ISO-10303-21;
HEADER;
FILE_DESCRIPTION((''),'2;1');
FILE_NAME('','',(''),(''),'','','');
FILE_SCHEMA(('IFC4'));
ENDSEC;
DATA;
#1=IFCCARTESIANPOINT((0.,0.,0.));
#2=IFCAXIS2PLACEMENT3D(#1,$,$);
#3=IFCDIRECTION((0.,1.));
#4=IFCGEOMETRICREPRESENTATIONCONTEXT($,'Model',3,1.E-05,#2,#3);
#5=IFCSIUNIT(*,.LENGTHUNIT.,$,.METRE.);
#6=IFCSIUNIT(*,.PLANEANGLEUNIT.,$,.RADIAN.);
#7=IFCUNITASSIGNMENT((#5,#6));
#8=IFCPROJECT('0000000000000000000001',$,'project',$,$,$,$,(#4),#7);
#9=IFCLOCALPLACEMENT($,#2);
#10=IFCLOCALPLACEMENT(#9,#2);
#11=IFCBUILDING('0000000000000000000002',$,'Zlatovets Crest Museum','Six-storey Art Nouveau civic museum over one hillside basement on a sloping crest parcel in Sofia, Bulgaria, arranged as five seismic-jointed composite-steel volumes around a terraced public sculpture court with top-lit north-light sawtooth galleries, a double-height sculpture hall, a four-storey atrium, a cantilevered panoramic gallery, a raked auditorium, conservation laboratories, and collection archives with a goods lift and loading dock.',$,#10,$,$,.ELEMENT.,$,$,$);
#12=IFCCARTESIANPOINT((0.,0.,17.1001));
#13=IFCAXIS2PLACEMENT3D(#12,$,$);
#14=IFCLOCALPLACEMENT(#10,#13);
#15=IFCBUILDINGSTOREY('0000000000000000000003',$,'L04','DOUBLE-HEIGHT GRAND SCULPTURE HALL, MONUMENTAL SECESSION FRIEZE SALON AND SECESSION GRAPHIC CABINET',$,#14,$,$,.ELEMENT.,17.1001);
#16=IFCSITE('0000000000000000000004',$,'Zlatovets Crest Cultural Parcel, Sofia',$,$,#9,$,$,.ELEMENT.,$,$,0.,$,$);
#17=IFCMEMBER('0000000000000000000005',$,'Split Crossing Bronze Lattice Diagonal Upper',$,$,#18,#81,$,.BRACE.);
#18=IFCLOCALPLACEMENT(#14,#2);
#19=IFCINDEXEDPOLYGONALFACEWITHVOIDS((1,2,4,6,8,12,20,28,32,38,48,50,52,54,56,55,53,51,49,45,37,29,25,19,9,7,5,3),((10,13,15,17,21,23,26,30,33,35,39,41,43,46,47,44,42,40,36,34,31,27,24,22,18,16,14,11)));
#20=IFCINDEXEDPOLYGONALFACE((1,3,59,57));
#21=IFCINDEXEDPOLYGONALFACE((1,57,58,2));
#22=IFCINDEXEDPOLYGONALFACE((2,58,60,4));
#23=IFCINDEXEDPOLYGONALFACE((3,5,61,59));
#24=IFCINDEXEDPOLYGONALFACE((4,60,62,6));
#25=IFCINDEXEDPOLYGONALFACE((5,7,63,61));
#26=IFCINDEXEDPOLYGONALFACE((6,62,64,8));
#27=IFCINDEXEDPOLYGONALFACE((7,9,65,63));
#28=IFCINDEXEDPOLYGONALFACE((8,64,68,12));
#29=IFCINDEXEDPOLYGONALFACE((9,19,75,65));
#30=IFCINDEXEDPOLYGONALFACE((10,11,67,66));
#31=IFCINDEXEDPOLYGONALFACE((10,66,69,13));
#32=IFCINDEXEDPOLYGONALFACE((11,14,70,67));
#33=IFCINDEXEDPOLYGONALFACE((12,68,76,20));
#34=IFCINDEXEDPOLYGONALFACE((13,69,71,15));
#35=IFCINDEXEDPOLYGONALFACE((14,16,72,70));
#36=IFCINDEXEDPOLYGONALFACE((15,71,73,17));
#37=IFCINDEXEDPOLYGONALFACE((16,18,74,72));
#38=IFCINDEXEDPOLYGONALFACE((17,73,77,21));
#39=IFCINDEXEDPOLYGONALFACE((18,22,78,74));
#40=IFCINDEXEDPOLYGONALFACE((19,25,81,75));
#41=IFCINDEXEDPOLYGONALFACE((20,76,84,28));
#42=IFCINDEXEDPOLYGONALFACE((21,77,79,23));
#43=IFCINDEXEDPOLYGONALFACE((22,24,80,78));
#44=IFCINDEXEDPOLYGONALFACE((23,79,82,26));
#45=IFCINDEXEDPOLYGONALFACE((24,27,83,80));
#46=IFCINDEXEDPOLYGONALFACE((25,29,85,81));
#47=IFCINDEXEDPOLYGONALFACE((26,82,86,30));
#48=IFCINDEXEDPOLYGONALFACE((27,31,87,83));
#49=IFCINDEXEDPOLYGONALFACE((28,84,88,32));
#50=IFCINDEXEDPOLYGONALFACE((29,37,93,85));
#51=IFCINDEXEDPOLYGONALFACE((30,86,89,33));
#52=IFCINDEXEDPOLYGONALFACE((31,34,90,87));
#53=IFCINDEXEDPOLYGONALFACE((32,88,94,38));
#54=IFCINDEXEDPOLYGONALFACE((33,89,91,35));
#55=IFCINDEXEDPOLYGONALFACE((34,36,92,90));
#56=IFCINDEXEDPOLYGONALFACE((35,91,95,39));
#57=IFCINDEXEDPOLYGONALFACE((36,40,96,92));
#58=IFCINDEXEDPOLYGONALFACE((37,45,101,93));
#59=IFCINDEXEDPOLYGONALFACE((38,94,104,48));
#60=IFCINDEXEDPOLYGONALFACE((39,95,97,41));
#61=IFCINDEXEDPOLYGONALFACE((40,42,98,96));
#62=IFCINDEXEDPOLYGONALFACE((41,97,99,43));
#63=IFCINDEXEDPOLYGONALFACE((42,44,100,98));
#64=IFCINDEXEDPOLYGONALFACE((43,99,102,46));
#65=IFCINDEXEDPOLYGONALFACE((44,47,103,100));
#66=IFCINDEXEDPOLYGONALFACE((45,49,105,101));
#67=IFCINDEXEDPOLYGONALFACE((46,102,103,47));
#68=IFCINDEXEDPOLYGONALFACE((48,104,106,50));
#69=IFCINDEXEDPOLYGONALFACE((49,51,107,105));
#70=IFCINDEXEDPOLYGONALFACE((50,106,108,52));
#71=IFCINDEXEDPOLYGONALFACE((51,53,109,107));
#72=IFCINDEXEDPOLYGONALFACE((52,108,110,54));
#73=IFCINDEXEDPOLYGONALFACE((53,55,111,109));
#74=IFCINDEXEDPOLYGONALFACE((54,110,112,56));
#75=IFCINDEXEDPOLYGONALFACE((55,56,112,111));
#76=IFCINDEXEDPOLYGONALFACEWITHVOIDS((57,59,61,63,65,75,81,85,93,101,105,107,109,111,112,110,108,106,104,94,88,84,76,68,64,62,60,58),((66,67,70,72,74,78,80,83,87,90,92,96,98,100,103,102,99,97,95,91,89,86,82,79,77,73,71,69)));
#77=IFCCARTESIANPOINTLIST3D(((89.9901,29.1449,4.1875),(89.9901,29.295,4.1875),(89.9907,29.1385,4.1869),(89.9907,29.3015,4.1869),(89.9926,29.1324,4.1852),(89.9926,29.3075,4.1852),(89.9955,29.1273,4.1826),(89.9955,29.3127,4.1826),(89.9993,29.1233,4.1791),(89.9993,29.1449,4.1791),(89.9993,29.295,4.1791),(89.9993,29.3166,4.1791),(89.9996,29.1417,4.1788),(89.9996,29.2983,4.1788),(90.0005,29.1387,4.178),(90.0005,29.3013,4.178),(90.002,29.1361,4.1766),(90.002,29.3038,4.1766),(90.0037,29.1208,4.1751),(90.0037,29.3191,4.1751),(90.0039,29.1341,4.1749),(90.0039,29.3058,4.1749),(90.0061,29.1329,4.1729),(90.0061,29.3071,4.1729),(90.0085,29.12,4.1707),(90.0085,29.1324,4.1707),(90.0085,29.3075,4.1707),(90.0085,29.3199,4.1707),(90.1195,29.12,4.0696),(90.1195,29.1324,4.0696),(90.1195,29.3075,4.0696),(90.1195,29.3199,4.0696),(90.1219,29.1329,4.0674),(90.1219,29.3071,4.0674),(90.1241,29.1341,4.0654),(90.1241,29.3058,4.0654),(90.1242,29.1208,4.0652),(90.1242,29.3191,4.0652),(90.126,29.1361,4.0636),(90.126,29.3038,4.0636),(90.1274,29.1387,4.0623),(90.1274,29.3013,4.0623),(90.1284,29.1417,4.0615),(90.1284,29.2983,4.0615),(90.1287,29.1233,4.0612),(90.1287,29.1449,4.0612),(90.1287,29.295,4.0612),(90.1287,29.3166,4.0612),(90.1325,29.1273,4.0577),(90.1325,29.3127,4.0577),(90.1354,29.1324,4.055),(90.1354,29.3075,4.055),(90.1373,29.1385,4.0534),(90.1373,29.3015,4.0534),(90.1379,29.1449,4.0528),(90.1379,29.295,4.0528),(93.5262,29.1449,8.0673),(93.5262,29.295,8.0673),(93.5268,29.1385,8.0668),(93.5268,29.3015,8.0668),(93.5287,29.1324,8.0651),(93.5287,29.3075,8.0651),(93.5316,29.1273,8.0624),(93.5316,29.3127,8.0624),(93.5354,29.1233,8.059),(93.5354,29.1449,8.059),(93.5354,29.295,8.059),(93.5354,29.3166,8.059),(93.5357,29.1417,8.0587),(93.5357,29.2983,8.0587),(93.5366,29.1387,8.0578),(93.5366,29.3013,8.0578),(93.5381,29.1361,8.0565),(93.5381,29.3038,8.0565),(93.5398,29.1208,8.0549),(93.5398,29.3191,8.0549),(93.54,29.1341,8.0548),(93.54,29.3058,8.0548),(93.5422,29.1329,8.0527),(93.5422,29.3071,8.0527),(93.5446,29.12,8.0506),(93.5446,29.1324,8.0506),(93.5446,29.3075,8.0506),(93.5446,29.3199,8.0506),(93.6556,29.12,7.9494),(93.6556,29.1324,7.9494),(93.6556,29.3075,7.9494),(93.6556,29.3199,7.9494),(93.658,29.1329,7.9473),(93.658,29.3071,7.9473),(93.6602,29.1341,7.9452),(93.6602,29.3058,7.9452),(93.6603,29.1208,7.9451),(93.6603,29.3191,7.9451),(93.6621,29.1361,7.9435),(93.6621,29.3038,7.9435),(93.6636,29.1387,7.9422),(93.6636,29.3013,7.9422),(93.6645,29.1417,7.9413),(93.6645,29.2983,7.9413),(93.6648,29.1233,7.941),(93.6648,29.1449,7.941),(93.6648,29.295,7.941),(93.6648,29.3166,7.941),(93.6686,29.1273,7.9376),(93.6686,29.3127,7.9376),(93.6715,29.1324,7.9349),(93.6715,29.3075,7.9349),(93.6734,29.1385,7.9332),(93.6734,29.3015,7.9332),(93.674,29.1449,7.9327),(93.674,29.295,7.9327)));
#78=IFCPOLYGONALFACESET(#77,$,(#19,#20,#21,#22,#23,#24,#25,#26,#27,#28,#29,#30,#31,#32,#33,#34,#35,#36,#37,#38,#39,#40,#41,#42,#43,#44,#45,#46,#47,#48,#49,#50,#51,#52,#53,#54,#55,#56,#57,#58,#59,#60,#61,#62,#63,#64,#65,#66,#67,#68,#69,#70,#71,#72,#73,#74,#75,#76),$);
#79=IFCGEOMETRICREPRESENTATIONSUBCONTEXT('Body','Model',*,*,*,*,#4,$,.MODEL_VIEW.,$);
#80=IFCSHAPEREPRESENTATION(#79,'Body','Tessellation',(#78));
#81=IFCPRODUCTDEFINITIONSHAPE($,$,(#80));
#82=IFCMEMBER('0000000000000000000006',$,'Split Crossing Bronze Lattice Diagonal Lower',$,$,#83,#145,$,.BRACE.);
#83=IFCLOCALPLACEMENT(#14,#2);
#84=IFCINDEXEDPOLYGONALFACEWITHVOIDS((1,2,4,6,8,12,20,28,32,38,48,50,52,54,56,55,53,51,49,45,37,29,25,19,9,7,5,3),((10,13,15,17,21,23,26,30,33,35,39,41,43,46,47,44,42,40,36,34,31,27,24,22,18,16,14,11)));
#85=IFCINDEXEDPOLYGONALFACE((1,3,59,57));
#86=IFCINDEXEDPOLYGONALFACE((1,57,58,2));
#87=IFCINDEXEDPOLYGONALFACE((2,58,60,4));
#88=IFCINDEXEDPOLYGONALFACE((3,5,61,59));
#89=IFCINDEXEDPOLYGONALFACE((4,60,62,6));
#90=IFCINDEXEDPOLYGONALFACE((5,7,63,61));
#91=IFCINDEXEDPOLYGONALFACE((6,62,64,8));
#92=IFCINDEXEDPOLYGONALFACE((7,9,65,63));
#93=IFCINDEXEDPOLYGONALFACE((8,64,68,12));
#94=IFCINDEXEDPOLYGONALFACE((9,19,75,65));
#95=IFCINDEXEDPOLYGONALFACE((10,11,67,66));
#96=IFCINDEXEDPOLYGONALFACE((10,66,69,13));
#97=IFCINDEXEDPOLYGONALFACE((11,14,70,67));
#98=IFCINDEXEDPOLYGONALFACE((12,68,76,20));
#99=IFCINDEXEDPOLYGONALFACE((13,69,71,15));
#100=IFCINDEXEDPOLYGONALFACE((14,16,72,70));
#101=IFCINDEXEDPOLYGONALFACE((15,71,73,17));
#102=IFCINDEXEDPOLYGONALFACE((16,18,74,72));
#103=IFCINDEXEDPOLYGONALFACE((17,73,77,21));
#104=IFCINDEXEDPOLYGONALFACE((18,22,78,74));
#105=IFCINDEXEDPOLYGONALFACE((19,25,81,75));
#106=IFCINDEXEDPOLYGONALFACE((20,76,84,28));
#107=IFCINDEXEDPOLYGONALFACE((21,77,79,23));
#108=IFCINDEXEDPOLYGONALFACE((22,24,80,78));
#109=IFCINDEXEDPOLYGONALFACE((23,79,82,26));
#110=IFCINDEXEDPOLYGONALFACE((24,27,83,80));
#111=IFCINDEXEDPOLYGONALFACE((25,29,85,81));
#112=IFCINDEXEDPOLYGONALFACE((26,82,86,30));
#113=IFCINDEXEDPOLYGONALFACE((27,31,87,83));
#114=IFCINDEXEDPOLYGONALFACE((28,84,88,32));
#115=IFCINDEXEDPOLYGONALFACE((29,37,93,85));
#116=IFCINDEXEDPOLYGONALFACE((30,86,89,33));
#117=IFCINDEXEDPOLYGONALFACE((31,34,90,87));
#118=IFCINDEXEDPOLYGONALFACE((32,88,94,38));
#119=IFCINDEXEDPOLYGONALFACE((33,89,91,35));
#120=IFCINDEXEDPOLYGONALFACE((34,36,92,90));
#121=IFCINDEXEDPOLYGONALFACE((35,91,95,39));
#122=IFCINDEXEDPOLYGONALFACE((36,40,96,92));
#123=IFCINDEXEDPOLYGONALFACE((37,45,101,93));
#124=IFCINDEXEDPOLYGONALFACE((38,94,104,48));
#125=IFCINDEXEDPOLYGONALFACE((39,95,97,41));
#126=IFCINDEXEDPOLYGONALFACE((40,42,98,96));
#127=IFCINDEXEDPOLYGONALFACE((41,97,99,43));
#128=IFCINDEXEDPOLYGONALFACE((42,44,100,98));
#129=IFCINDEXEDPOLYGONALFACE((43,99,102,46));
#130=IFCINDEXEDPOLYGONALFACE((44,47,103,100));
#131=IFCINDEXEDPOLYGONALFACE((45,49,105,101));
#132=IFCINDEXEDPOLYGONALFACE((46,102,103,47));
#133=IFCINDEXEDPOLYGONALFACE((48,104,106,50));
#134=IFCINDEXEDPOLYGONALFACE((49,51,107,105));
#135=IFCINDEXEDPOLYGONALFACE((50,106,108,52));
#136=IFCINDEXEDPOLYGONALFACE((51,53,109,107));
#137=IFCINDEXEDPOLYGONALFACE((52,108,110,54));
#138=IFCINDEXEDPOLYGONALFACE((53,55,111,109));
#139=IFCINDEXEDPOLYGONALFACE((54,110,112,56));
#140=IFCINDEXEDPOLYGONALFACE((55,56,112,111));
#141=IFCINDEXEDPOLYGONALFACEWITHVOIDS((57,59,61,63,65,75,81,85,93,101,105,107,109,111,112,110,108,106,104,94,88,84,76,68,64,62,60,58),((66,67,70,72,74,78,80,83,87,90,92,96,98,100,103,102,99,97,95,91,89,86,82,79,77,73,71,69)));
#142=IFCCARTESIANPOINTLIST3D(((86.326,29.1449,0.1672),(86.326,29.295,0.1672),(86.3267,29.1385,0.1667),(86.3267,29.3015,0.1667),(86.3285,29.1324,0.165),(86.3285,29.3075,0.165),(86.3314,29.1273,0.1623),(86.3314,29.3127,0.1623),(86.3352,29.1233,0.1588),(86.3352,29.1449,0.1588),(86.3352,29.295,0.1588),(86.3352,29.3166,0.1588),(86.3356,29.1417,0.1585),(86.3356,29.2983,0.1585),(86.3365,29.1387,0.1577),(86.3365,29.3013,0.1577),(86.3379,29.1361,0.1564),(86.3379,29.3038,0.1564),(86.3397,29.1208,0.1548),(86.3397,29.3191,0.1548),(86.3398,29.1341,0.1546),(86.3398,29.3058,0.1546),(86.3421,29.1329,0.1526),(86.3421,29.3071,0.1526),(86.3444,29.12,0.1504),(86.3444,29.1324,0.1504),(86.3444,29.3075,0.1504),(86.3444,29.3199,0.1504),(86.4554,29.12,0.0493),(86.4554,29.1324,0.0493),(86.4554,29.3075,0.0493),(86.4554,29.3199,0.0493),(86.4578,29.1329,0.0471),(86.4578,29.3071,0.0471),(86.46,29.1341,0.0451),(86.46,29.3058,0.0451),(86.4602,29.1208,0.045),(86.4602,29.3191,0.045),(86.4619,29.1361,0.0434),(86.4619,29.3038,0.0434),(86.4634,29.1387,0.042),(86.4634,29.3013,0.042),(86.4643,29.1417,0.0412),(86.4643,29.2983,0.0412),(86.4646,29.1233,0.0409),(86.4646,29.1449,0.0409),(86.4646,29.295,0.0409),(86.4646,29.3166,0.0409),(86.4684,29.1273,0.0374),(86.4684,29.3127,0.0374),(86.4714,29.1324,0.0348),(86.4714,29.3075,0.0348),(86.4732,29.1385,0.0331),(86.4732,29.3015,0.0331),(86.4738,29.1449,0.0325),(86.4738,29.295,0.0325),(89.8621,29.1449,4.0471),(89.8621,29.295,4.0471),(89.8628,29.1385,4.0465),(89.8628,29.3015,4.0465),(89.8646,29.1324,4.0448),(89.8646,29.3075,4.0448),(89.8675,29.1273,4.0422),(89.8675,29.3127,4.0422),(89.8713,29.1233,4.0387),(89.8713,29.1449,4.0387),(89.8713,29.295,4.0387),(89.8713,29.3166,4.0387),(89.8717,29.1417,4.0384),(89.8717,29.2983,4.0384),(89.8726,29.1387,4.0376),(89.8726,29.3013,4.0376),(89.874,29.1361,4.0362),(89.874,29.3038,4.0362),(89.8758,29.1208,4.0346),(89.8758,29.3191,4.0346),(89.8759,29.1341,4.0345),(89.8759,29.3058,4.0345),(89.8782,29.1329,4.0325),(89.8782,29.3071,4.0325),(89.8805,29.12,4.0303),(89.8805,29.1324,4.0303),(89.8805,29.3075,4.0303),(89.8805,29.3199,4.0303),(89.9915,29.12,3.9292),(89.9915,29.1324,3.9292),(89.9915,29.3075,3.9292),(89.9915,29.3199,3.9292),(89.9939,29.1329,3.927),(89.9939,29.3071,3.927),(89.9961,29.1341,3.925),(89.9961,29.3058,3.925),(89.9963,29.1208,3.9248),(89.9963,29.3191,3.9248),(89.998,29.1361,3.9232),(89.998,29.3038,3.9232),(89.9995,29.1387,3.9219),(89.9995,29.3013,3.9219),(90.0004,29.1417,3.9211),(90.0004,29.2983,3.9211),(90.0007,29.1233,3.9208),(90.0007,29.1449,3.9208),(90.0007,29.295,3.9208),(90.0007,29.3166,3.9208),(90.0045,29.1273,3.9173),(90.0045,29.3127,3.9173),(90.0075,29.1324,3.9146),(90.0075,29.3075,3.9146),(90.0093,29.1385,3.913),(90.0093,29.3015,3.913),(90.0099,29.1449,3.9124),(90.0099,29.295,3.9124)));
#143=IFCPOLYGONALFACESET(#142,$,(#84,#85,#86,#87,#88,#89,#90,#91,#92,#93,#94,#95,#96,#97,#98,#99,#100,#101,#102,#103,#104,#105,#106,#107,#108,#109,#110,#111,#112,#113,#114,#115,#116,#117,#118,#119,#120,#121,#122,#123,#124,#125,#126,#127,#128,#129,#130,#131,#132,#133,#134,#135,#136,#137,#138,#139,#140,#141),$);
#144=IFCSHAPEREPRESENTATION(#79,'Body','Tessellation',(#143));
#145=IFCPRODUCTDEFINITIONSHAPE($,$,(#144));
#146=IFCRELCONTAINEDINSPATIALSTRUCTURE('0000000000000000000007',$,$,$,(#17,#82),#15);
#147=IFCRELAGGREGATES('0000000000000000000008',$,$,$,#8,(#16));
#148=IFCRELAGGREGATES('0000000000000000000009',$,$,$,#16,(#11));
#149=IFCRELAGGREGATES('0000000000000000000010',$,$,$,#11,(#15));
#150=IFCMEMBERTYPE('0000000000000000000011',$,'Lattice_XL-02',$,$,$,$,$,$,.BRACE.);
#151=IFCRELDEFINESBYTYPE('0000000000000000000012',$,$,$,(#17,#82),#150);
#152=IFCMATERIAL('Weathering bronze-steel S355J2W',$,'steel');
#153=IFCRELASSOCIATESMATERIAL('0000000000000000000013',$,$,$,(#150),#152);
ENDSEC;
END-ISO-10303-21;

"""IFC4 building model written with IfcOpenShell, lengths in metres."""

from ifc_helpers import new_model, si_unit, direction, frame, origin, origin_2d, place, context, subcontext, project, spatial, hollow_rectangle, extrude, material, material_profile, profile_set, type_object, element, save


model = new_model("IFC4")

# Units and contexts
model_context = context("Model", 3, precision=1e-05, world=origin(), true_north=direction((0.0, 1.0)))
body_context = subcontext(model_context, "Body", "Model", "MODEL_VIEW")
ifc_project = project(units=[si_unit("LENGTHUNIT", "METRE"), si_unit("PLANEANGLEUNIT", "RADIAN")], contexts=[model_context])

# Site, building, storey
site_placement = place(None, origin())
site = spatial("IfcSite", under=ifc_project, at=site_placement, Name="Zlatovets Crest Cultural Parcel, Sofia", CompositionType="ELEMENT", RefElevation=0.0)
building_placement = place(site_placement, origin())
building = spatial("IfcBuilding", under=site, at=building_placement, Name="Zlatovets Crest Museum", Description="Six-storey Art Nouveau civic museum over one hillside basement on a sloping crest parcel in Sofia, Bulgaria, arranged as five seismic-jointed composite-steel volumes around a terraced public sculpture court with top-lit north-light sawtooth galleries, a double-height sculpture hall, a four-storey atrium, a cantilevered panoramic gallery, a raked auditorium, conservation laboratories, and collection archives with a goods lift and loading dock.", CompositionType="ELEMENT")
storey_placement = place(building_placement, frame((0.0, 0.0, 17.1001)))
storey = spatial("IfcBuildingStorey", under=building, at=storey_placement, Name="L04", Description="DOUBLE-HEIGHT GRAND SCULPTURE HALL, MONUMENTAL SECESSION FRIEZE SALON AND SECESSION GRAPHIC CABINET", CompositionType="ELEMENT", Elevation=17.1001)

# Members
ifc_material_1 = material(Name="Weathering bronze-steel S355J2W", Category="steel")
ifc_material_profile_1 = material_profile(ifc_material_1, hollow_rectangle(XDim=0.2, YDim=0.2, WallThickness=0.0125, InnerFilletRadius=0.0125, OuterFilletRadius=0.0249, at=origin_2d()), Name="SHS 200x200x12.5")
ifc_profile_set_1 = profile_set([ifc_material_profile_1], Name="Weathering bronze-steel S355J2W")
member_type_1 = type_object("IfcMemberType", Name="Lattice_XL-02", PredefinedType="BRACE", material=ifc_profile_set_1)
for number, where, z_axis, x_axis, name in (
    (1, (93.6001, 29.22, 8.0), (-0.673607, 0.0, -0.739089), (0.0, -1.0, 0.0), "Split Crossing Bronze Lattice Diagonal Upper"),
    (2, (89.936, 29.22, 3.9797), (-0.673607, 0.0, -0.739089), (0.0, -1.0, 0.0), "Split Crossing Bronze Lattice Diagonal Lower"),
):
    element("IfcMember", number, at=place(storey_placement, frame(where, z_axis=z_axis, x_axis=x_axis)), inside=storey, type_object=member_type_1, Name=name, PredefinedType="BRACE", context=body_context, shape_type="SweptSolid", body=[
        extrude(hollow_rectangle(XDim=0.2, YDim=0.2, WallThickness=0.0125, InnerFilletRadius=0.0125, OuterFilletRadius=0.0249, at=origin_2d()), origin(), (0.0, 0.0, 1.0), 5.2495),
    ])

save(model, "model.ifc")
